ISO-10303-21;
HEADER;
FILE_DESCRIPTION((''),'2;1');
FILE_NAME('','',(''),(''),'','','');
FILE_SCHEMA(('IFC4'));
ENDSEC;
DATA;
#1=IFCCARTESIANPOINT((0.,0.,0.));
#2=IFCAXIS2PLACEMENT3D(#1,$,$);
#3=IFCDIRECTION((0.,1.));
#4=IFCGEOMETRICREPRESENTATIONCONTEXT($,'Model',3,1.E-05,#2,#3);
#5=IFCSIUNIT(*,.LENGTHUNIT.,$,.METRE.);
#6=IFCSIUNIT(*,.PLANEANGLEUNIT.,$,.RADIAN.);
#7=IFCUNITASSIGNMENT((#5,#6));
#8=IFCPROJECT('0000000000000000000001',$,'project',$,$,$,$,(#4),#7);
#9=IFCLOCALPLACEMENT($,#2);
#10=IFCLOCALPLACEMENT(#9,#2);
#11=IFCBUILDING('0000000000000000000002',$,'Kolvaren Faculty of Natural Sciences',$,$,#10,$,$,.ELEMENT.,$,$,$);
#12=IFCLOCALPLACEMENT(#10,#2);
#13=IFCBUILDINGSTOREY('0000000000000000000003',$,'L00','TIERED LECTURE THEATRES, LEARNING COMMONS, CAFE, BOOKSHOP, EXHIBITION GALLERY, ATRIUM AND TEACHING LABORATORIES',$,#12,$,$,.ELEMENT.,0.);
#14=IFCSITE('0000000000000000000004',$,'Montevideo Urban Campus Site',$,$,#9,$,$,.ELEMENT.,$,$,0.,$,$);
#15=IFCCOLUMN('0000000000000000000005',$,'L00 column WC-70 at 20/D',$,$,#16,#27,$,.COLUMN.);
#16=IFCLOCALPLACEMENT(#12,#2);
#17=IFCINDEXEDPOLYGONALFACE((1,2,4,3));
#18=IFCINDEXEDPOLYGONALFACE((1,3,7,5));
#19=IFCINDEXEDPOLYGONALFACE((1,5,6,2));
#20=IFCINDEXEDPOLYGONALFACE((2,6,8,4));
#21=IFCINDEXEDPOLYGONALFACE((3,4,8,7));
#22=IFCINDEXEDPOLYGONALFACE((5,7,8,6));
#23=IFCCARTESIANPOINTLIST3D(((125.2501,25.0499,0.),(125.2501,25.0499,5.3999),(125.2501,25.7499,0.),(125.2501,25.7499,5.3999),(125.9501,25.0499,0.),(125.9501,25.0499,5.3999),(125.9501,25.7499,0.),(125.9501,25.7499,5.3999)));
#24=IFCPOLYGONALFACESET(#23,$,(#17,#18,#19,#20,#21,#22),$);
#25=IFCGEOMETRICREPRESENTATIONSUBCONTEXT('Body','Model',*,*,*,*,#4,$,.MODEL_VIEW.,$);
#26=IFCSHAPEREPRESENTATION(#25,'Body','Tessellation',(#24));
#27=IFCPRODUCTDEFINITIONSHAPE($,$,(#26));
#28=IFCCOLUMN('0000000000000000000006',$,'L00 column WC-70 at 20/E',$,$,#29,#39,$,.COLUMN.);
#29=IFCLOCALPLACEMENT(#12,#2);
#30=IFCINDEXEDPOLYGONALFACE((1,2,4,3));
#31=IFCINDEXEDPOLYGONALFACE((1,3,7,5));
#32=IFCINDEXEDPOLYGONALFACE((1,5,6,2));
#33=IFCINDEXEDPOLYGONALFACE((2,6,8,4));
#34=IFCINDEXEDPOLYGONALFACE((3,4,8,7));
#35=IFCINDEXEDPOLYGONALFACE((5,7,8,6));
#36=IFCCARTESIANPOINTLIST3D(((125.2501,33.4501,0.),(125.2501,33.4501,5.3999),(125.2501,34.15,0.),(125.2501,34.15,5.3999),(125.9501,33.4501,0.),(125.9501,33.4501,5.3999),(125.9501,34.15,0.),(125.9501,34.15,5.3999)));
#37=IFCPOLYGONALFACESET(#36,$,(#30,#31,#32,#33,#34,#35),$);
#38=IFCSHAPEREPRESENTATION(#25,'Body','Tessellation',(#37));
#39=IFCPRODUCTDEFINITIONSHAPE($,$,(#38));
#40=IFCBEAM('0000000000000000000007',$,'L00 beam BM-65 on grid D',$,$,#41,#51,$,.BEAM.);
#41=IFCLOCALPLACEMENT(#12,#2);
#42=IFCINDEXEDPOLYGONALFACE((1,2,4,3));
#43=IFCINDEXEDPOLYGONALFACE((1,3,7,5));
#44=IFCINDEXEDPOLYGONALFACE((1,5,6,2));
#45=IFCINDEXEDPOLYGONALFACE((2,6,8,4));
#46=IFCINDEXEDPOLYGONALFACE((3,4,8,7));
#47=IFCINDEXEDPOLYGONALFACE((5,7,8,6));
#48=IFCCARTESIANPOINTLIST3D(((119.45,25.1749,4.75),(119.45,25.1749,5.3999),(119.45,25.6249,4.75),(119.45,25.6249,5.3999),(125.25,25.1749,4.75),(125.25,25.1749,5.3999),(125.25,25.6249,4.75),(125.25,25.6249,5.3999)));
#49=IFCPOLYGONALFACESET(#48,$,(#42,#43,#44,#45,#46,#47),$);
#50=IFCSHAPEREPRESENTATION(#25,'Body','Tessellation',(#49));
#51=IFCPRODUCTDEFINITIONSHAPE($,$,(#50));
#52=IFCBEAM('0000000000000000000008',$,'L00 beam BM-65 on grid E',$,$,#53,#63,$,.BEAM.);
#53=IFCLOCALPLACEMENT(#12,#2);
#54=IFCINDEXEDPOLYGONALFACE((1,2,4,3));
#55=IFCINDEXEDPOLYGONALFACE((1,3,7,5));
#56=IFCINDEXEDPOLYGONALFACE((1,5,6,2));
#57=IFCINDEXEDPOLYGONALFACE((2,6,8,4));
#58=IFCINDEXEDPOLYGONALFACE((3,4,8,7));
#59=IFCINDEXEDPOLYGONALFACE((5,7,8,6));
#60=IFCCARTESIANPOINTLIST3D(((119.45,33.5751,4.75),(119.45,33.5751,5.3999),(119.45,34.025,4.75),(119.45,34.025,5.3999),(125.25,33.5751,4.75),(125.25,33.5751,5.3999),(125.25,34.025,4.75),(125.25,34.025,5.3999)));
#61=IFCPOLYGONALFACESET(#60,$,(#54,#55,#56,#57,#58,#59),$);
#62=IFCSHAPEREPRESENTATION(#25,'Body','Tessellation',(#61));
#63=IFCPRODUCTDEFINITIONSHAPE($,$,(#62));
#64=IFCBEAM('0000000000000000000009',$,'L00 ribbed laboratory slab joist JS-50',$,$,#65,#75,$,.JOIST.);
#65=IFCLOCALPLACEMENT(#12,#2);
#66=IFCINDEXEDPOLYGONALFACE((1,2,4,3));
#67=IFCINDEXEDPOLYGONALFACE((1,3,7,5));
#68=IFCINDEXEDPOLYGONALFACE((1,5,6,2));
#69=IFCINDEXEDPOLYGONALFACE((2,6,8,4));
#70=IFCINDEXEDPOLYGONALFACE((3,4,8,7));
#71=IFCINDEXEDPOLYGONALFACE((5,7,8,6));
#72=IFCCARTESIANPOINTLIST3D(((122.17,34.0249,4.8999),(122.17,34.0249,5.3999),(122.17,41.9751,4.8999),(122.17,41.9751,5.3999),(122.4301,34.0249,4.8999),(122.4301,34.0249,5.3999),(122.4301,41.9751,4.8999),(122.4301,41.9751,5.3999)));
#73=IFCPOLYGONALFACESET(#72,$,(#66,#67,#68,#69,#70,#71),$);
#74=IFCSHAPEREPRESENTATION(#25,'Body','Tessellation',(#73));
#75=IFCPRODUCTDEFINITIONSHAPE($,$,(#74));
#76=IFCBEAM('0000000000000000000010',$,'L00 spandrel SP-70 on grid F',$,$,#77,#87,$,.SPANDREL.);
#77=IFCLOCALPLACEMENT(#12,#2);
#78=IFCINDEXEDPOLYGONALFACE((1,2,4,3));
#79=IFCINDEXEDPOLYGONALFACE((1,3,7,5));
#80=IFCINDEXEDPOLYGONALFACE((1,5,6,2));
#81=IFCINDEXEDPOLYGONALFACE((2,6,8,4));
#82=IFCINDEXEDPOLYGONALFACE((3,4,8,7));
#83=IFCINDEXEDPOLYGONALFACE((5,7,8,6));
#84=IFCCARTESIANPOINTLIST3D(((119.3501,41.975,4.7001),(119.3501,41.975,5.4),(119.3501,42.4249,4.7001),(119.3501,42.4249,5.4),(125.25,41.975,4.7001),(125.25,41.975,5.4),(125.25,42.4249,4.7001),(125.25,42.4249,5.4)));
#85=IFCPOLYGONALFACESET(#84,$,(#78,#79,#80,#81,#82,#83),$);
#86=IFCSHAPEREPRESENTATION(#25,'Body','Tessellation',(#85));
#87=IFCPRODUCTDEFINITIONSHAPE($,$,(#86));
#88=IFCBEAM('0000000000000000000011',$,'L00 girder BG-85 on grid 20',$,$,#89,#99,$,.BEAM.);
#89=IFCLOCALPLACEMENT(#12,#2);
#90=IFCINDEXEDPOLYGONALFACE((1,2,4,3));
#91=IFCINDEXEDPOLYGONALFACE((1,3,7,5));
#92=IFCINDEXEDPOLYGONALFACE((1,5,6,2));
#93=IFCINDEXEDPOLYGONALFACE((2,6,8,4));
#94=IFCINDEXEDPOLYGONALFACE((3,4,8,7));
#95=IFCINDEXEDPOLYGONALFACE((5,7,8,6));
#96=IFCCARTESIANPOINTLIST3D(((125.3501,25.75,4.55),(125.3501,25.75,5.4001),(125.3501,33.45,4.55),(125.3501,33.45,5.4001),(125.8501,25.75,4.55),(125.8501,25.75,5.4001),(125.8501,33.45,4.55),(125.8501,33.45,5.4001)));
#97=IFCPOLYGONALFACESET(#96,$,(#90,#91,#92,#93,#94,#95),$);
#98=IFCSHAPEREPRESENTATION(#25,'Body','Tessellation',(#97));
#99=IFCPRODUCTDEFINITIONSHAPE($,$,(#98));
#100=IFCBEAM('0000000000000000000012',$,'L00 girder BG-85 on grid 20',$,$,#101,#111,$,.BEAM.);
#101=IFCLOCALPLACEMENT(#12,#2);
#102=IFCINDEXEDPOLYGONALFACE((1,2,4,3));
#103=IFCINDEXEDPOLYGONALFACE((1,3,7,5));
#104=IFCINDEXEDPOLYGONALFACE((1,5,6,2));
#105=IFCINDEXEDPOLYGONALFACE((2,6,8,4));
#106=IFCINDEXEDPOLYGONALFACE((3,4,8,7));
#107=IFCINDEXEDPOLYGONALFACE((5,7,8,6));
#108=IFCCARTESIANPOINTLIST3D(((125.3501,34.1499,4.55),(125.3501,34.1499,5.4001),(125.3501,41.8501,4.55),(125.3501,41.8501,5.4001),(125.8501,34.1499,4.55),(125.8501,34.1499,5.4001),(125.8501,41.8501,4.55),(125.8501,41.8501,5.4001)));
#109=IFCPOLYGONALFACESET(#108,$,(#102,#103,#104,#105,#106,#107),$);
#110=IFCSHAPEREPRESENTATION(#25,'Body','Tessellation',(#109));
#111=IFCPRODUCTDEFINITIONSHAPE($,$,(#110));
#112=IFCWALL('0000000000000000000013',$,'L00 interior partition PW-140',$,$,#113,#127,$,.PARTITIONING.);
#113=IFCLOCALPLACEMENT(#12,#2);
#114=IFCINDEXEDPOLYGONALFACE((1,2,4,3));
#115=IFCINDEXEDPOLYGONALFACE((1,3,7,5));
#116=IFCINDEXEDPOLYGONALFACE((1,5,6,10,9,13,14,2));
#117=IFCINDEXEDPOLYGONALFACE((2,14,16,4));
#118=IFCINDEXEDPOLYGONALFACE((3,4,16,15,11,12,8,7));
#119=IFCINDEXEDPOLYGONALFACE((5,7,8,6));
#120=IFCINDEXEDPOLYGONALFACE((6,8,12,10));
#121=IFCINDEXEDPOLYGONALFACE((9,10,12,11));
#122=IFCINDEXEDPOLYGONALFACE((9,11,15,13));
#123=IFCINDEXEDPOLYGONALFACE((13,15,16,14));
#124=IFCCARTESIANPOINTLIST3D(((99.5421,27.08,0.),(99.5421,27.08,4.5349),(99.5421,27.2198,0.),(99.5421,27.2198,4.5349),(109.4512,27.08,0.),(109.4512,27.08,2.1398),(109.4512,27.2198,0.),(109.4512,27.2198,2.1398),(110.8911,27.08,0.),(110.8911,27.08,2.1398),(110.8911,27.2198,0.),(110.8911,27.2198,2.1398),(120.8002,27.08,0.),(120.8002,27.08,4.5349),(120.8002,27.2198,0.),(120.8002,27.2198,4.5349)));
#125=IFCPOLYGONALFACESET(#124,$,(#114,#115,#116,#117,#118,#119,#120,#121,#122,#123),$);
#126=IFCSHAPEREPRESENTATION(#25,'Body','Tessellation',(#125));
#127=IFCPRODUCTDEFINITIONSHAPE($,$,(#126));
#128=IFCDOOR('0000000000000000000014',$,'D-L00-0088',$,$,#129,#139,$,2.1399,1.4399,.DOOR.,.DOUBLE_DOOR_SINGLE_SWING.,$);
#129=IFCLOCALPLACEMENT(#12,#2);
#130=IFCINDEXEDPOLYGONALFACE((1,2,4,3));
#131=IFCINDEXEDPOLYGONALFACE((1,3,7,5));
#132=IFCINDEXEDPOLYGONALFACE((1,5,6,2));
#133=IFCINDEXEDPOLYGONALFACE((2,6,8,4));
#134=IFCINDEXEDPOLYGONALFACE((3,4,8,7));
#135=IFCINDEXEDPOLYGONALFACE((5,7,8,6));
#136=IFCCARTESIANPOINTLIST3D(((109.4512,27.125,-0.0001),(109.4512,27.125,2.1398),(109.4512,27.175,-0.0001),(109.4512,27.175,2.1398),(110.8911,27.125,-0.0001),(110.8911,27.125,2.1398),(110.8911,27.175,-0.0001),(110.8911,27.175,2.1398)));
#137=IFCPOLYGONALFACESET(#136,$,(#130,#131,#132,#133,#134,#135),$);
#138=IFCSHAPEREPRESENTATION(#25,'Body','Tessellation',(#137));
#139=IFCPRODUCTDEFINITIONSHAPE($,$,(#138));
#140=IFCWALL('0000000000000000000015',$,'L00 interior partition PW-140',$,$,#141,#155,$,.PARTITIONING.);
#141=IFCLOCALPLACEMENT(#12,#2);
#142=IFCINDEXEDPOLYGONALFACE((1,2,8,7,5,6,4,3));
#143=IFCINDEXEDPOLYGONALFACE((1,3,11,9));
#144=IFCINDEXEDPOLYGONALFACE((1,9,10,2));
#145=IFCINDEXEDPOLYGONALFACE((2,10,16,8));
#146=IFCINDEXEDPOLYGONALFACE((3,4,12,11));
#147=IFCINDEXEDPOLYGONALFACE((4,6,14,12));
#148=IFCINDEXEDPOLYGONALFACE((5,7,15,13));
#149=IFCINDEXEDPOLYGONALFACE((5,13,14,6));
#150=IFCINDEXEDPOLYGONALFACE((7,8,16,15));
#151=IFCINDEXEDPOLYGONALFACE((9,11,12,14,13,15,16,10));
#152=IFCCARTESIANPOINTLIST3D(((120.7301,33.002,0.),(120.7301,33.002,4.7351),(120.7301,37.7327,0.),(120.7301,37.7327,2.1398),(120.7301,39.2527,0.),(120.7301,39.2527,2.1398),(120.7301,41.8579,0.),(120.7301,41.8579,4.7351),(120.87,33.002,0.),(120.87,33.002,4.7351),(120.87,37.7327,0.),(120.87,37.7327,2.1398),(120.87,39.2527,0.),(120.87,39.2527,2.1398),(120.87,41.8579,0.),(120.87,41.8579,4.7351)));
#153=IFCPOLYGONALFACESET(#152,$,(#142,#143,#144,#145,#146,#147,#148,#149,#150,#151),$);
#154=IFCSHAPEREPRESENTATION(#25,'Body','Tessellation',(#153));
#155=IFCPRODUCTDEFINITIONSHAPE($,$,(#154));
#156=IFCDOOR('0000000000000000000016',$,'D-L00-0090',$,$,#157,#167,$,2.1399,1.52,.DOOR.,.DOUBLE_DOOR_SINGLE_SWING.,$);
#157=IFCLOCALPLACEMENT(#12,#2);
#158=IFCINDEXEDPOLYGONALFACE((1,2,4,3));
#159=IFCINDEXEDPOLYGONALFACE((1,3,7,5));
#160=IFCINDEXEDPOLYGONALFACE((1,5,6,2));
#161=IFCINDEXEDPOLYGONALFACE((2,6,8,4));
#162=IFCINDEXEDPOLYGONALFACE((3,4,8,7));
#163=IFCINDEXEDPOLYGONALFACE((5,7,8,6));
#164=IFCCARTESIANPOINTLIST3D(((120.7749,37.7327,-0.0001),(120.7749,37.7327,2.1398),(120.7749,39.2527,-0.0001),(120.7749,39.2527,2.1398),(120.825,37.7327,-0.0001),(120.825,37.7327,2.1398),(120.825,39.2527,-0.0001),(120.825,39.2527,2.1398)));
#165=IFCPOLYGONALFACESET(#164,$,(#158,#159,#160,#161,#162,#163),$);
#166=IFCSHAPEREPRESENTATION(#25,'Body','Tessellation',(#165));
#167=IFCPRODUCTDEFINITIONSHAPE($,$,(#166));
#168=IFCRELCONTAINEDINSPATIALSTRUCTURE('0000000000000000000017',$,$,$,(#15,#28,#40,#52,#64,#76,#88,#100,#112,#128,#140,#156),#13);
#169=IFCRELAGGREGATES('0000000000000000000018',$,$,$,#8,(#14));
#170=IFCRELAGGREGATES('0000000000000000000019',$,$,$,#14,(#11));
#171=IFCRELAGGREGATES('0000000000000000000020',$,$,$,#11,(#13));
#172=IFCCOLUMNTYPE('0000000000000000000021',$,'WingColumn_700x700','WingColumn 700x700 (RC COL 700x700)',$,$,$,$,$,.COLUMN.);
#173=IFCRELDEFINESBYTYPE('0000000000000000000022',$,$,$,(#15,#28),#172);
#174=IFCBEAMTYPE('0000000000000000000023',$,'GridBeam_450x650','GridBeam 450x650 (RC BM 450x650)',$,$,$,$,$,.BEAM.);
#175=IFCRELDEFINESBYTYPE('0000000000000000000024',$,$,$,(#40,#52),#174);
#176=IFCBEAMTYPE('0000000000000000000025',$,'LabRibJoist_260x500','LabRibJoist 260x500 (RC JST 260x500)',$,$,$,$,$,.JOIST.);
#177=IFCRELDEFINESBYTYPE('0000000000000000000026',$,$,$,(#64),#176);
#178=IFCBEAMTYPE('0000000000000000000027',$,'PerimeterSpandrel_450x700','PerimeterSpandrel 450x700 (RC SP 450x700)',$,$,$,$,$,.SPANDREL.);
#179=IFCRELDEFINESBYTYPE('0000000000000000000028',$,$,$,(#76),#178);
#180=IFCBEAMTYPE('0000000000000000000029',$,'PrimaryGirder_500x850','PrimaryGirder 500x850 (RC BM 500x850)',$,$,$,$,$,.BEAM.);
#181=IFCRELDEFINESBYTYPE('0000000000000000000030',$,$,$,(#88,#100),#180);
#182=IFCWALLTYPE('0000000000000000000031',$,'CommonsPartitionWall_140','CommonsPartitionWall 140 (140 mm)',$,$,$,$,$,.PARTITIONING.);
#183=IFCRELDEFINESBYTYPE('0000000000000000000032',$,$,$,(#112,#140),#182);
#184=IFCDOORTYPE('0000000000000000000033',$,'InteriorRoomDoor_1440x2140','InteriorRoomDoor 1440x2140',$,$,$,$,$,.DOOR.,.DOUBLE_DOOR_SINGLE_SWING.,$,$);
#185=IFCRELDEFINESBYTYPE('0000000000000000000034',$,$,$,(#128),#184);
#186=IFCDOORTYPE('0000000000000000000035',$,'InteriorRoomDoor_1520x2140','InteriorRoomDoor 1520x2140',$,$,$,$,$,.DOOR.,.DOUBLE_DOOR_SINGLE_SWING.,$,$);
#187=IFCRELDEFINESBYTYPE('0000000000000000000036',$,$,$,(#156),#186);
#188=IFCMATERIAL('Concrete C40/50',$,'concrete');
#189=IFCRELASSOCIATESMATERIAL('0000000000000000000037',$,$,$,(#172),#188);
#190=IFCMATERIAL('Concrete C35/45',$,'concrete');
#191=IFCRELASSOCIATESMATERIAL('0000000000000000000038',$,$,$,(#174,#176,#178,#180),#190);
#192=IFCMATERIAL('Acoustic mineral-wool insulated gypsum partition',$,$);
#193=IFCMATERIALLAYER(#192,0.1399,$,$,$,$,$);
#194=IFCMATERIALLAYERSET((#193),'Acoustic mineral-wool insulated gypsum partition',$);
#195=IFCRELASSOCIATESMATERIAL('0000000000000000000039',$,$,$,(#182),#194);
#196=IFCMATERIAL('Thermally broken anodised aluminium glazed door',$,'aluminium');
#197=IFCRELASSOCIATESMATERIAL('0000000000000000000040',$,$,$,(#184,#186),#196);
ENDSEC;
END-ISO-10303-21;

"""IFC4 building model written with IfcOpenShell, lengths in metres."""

from ifc_helpers import new_model, si_unit, direction, frame, frame_2d, origin, origin_2d, place, context, subcontext, project, spatial, rectangle, extrude, material, layer, layer_set, material_profile, profile_set, type_object, element, fill, save


model = new_model("IFC4")

# Units and contexts
model_context = context("Model", 3, precision=1e-05, world=origin(), true_north=direction((0.0, 1.0)))
body_context = subcontext(model_context, "Body", "Model", "MODEL_VIEW")
ifc_project = project(units=[si_unit("LENGTHUNIT", "METRE"), si_unit("PLANEANGLEUNIT", "RADIAN")], contexts=[model_context])

# Site, building, storey
site_placement = place(None, origin())
site = spatial("IfcSite", under=ifc_project, at=site_placement, Name="Montevideo Urban Campus Site", CompositionType="ELEMENT", RefElevation=0.0)
building_placement = place(site_placement, origin())
building = spatial("IfcBuilding", under=site, at=building_placement, Name="Kolvaren Faculty of Natural Sciences", CompositionType="ELEMENT")
storey_placement = place(building_placement, origin())
storey = spatial("IfcBuildingStorey", under=building, at=storey_placement, Name="L00", Description="TIERED LECTURE THEATRES, LEARNING COMMONS, CAFE, BOOKSHOP, EXHIBITION GALLERY, ATRIUM AND TEACHING LABORATORIES", CompositionType="ELEMENT", Elevation=0.0)

# Columns
ifc_material_1 = material(Name="Concrete C40/50", Category="concrete")
ifc_material_profile_1 = material_profile(ifc_material_1, rectangle(XDim=0.7, YDim=0.7, at=origin_2d()), Name="RC COL 700x700")
ifc_profile_set_1 = profile_set([ifc_material_profile_1], Name="Concrete C40/50")
column_type = type_object("IfcColumnType", Name="WingColumn_700x700", Description="WingColumn 700x700 (RC COL 700x700)", PredefinedType="COLUMN", material=ifc_profile_set_1)
for number, where, z_axis, x_axis, name in (
    (1, (125.6001, 25.3999, 0.0), (0.0, 0.0, 1.0), (1.0, 0.0, 0.0), "L00 column WC-70 at 20/D"),
    (2, (125.6001, 33.8, 0.0), (0.0, 0.0, 1.0), (1.0, 0.0, 0.0), "L00 column WC-70 at 20/E"),
):
    element("IfcColumn", number, at=place(storey_placement, frame(where, z_axis=z_axis, x_axis=x_axis)), inside=storey, type_object=column_type, Name=name, PredefinedType="COLUMN", context=body_context, shape_type="SweptSolid", body=[
        extrude(rectangle(XDim=0.7, YDim=0.7, at=origin_2d()), origin(), (0.0, 0.0, 1.0), 5.3999),
    ])

# Beams
ifc_material_2 = material(Name="Concrete C35/45", Category="concrete")
ifc_material_profile_2 = material_profile(ifc_material_2, rectangle(XDim=0.45, YDim=0.6499, at=origin_2d()), Name="RC BM 450x650")
ifc_profile_set_2 = profile_set([ifc_material_profile_2], Name="Concrete C35/45")
beam_type_1 = type_object("IfcBeamType", Name="GridBeam_450x650", Description="GridBeam 450x650 (RC BM 450x650)", PredefinedType="BEAM", material=ifc_profile_set_2)
for number, where, z_axis, x_axis, name in (
    (3, (119.45, 25.3999, 5.075), (1.0, 0.0, 0.0), (0.0, 1.0, 0.0), "L00 beam BM-65 on grid D"),
    (4, (119.45, 33.8, 5.075), (1.0, 0.0, 0.0), (0.0, 1.0, 0.0), "L00 beam BM-65 on grid E"),
):
    element("IfcBeam", number, at=place(storey_placement, frame(where, z_axis=z_axis, x_axis=x_axis)), inside=storey, type_object=beam_type_1, Name=name, PredefinedType="BEAM", context=body_context, shape_type="SweptSolid", body=[
        extrude(rectangle(XDim=0.45, YDim=0.6499, at=origin_2d()), origin(), (0.0, 0.0, 1.0), 5.8),
    ])
ifc_material_profile_3 = material_profile(ifc_material_2, rectangle(XDim=0.26, YDim=0.5, at=origin_2d()), Name="RC JST 260x500")
ifc_profile_set_3 = profile_set([ifc_material_profile_3], Name="Concrete C35/45")
beam_type_2 = type_object("IfcBeamType", Name="LabRibJoist_260x500", Description="LabRibJoist 260x500 (RC JST 260x500)", PredefinedType="JOIST", material=ifc_profile_set_3)
beam_1_placement = place(storey_placement, frame((122.3, 34.0249, 5.1499), z_axis=(0.0, 1.0, 0.0), x_axis=(-1.0, 0.0, 0.0)))
element("IfcBeam", 5, at=beam_1_placement, inside=storey, type_object=beam_type_2, Name="L00 ribbed laboratory slab joist JS-50", PredefinedType="JOIST", context=body_context, shape_type="SweptSolid", body=[
    extrude(rectangle(XDim=0.26, YDim=0.5, at=origin_2d()), origin(), (0.0, 0.0, 1.0), 7.9502),
])
ifc_material_profile_4 = material_profile(ifc_material_2, rectangle(XDim=0.45, YDim=0.7, at=origin_2d()), Name="RC SP 450x700")
ifc_profile_set_4 = profile_set([ifc_material_profile_4], Name="Concrete C35/45")
beam_type_3 = type_object("IfcBeamType", Name="PerimeterSpandrel_450x700", Description="PerimeterSpandrel 450x700 (RC SP 450x700)", PredefinedType="SPANDREL", material=ifc_profile_set_4)
beam_2_placement = place(storey_placement, frame((119.3501, 42.2, 5.05), z_axis=(1.0, 0.0, 0.0), x_axis=(0.0, 1.0, 0.0)))
element("IfcBeam", 6, at=beam_2_placement, inside=storey, type_object=beam_type_3, Name="L00 spandrel SP-70 on grid F", PredefinedType="SPANDREL", context=body_context, shape_type="SweptSolid", body=[
    extrude(rectangle(XDim=0.45, YDim=0.7, at=origin_2d()), origin(), (0.0, 0.0, 1.0), 5.8999),
])
ifc_material_profile_5 = material_profile(ifc_material_2, rectangle(XDim=0.5, YDim=0.8501, at=origin_2d()), Name="RC BM 500x850")
ifc_profile_set_5 = profile_set([ifc_material_profile_5], Name="Concrete C35/45")
beam_type_4 = type_object("IfcBeamType", Name="PrimaryGirder_500x850", Description="PrimaryGirder 500x850 (RC BM 500x850)", PredefinedType="BEAM", material=ifc_profile_set_5)
beam_3_placement = place(storey_placement, frame((125.6001, 25.75, 4.9751), z_axis=(0.0, 1.0, 0.0), x_axis=(-1.0, 0.0, 0.0)))
element("IfcBeam", 7, at=beam_3_placement, inside=storey, type_object=beam_type_4, Name="L00 girder BG-85 on grid 20", PredefinedType="BEAM", context=body_context, shape_type="SweptSolid", body=[
    extrude(rectangle(XDim=0.5, YDim=0.8501, at=origin_2d()), origin(), (0.0, 0.0, 1.0), 7.7),
])
beam_4_placement = place(storey_placement, frame((125.6001, 34.1499, 4.9751), z_axis=(0.0, 1.0, 0.0), x_axis=(-1.0, 0.0, 0.0)))
element("IfcBeam", 8, at=beam_4_placement, inside=storey, type_object=beam_type_4, Name="L00 girder BG-85 on grid 20", PredefinedType="BEAM", context=body_context, shape_type="SweptSolid", body=[
    extrude(rectangle(XDim=0.5, YDim=0.8501, at=origin_2d()), origin(), (0.0, 0.0, 1.0), 7.7002),
])

# Walls, openings, doors
ifc_material_3 = material(Name="Acoustic mineral-wool insulated gypsum partition")
ifc_layer_1 = layer(ifc_material_3, 0.1399)
ifc_layer_set_1 = layer_set([ifc_layer_1], Name="Acoustic mineral-wool insulated gypsum partition")
wall_type_1 = type_object("IfcWallType", Name="CommonsPartitionWall_140", Description="CommonsPartitionWall 140 (140 mm)", PredefinedType="PARTITIONING", material=ifc_layer_set_1)
wall_1_placement = place(storey_placement, frame((120.8, 27.1499, 0.0), z_axis=(0.0, 0.0, 1.0), x_axis=(-1.0, 0.0, 0.0)))
wall_1 = element("IfcWall", 9, at=wall_1_placement, inside=storey, type_object=wall_type_1, Name="L00 interior partition PW-140", PredefinedType="PARTITIONING", context=body_context, shape_type="SweptSolid", body=[
    extrude(rectangle(XDim=21.2581, YDim=0.1399, at=frame_2d((10.6289, 0.0))), origin(), (0.0, 0.0, 1.0), 4.5349),
])
opening_1_placement = place(wall_1_placement, frame((9.9089, 0.0, 0.0)))
opening_1 = element("IfcOpeningElement", 10, at=opening_1_placement, cuts=wall_1, PredefinedType="OPENING", context=body_context, shape_type="SweptSolid", body=[
    extrude(rectangle(XDim=1.4399, YDim=2.1399, at=frame_2d((0.72, 1.0698))), frame((0.0, 0.0798, 0.0), z_axis=(0.0, -1.0, 0.0), x_axis=(1.0, 0.0, 0.0)), (0.0, 0.0, 1.0), 0.1599),
])
ifc_material_4 = material(Name="Thermally broken anodised aluminium glazed door", Category="aluminium")
door_type_1 = type_object("IfcDoorType", Name="InteriorRoomDoor_1440x2140", Description="InteriorRoomDoor 1440x2140", OperationType="DOUBLE_DOOR_SINGLE_SWING", PredefinedType="DOOR", material=ifc_material_4)
door_1_placement = place(opening_1_placement, origin())
door_1 = element("IfcDoor", 11, at=door_1_placement, inside=storey, type_object=door_type_1, Name="D-L00-0088", OperationType="DOUBLE_DOOR_SINGLE_SWING", OverallHeight=2.1399, OverallWidth=1.4399, PredefinedType="DOOR", context=body_context, shape_type="SweptSolid", body=[
    extrude(rectangle(XDim=1.4399, YDim=2.1399, at=frame_2d((0.72, 1.0698))), frame((0.0, 0.0249, 0.0), z_axis=(0.0, -1.0, 0.0), x_axis=(1.0, 0.0, 0.0)), (0.0, 0.0, 1.0), 0.05),
])
fill(opening_1, door_1)
wall_2_placement = place(storey_placement, frame((120.8, 41.8579, 0.0), z_axis=(0.0, 0.0, 1.0), x_axis=(0.0, -1.0, 0.0)))
wall_2 = element("IfcWall", 12, at=wall_2_placement, inside=storey, type_object=wall_type_1, Name="L00 interior partition PW-140", PredefinedType="PARTITIONING", context=body_context, shape_type="SweptSolid", body=[
    extrude(rectangle(XDim=8.856, YDim=0.1399, at=frame_2d((4.428, 0.0))), origin(), (0.0, 0.0, 1.0), 4.7351),
])
opening_2_placement = place(wall_2_placement, frame((2.6052, 0.0, 0.0)))
opening_2 = element("IfcOpeningElement", 13, at=opening_2_placement, cuts=wall_2, PredefinedType="OPENING", context=body_context, shape_type="SweptSolid", body=[
    extrude(rectangle(XDim=1.52, YDim=2.1399, at=frame_2d((0.76, 1.0698))), frame((0.0, 0.0798, 0.0), z_axis=(0.0, -1.0, 0.0), x_axis=(1.0, 0.0, 0.0)), (0.0, 0.0, 1.0), 0.1599),
])
door_type_2 = type_object("IfcDoorType", Name="InteriorRoomDoor_1520x2140", Description="InteriorRoomDoor 1520x2140", OperationType="DOUBLE_DOOR_SINGLE_SWING", PredefinedType="DOOR", material=ifc_material_4)
door_2_placement = place(opening_2_placement, origin())
door_2 = element("IfcDoor", 14, at=door_2_placement, inside=storey, type_object=door_type_2, Name="D-L00-0090", OperationType="DOUBLE_DOOR_SINGLE_SWING", OverallHeight=2.1399, OverallWidth=1.52, PredefinedType="DOOR", context=body_context, shape_type="SweptSolid", body=[
    extrude(rectangle(XDim=1.52, YDim=2.1399, at=frame_2d((0.76, 1.0698))), frame((0.0, 0.0249, 0.0), z_axis=(0.0, -1.0, 0.0), x_axis=(1.0, 0.0, 0.0)), (0.0, 0.0, 1.0), 0.05),
])
fill(opening_2, door_2)

save(model, "model.ifc")
